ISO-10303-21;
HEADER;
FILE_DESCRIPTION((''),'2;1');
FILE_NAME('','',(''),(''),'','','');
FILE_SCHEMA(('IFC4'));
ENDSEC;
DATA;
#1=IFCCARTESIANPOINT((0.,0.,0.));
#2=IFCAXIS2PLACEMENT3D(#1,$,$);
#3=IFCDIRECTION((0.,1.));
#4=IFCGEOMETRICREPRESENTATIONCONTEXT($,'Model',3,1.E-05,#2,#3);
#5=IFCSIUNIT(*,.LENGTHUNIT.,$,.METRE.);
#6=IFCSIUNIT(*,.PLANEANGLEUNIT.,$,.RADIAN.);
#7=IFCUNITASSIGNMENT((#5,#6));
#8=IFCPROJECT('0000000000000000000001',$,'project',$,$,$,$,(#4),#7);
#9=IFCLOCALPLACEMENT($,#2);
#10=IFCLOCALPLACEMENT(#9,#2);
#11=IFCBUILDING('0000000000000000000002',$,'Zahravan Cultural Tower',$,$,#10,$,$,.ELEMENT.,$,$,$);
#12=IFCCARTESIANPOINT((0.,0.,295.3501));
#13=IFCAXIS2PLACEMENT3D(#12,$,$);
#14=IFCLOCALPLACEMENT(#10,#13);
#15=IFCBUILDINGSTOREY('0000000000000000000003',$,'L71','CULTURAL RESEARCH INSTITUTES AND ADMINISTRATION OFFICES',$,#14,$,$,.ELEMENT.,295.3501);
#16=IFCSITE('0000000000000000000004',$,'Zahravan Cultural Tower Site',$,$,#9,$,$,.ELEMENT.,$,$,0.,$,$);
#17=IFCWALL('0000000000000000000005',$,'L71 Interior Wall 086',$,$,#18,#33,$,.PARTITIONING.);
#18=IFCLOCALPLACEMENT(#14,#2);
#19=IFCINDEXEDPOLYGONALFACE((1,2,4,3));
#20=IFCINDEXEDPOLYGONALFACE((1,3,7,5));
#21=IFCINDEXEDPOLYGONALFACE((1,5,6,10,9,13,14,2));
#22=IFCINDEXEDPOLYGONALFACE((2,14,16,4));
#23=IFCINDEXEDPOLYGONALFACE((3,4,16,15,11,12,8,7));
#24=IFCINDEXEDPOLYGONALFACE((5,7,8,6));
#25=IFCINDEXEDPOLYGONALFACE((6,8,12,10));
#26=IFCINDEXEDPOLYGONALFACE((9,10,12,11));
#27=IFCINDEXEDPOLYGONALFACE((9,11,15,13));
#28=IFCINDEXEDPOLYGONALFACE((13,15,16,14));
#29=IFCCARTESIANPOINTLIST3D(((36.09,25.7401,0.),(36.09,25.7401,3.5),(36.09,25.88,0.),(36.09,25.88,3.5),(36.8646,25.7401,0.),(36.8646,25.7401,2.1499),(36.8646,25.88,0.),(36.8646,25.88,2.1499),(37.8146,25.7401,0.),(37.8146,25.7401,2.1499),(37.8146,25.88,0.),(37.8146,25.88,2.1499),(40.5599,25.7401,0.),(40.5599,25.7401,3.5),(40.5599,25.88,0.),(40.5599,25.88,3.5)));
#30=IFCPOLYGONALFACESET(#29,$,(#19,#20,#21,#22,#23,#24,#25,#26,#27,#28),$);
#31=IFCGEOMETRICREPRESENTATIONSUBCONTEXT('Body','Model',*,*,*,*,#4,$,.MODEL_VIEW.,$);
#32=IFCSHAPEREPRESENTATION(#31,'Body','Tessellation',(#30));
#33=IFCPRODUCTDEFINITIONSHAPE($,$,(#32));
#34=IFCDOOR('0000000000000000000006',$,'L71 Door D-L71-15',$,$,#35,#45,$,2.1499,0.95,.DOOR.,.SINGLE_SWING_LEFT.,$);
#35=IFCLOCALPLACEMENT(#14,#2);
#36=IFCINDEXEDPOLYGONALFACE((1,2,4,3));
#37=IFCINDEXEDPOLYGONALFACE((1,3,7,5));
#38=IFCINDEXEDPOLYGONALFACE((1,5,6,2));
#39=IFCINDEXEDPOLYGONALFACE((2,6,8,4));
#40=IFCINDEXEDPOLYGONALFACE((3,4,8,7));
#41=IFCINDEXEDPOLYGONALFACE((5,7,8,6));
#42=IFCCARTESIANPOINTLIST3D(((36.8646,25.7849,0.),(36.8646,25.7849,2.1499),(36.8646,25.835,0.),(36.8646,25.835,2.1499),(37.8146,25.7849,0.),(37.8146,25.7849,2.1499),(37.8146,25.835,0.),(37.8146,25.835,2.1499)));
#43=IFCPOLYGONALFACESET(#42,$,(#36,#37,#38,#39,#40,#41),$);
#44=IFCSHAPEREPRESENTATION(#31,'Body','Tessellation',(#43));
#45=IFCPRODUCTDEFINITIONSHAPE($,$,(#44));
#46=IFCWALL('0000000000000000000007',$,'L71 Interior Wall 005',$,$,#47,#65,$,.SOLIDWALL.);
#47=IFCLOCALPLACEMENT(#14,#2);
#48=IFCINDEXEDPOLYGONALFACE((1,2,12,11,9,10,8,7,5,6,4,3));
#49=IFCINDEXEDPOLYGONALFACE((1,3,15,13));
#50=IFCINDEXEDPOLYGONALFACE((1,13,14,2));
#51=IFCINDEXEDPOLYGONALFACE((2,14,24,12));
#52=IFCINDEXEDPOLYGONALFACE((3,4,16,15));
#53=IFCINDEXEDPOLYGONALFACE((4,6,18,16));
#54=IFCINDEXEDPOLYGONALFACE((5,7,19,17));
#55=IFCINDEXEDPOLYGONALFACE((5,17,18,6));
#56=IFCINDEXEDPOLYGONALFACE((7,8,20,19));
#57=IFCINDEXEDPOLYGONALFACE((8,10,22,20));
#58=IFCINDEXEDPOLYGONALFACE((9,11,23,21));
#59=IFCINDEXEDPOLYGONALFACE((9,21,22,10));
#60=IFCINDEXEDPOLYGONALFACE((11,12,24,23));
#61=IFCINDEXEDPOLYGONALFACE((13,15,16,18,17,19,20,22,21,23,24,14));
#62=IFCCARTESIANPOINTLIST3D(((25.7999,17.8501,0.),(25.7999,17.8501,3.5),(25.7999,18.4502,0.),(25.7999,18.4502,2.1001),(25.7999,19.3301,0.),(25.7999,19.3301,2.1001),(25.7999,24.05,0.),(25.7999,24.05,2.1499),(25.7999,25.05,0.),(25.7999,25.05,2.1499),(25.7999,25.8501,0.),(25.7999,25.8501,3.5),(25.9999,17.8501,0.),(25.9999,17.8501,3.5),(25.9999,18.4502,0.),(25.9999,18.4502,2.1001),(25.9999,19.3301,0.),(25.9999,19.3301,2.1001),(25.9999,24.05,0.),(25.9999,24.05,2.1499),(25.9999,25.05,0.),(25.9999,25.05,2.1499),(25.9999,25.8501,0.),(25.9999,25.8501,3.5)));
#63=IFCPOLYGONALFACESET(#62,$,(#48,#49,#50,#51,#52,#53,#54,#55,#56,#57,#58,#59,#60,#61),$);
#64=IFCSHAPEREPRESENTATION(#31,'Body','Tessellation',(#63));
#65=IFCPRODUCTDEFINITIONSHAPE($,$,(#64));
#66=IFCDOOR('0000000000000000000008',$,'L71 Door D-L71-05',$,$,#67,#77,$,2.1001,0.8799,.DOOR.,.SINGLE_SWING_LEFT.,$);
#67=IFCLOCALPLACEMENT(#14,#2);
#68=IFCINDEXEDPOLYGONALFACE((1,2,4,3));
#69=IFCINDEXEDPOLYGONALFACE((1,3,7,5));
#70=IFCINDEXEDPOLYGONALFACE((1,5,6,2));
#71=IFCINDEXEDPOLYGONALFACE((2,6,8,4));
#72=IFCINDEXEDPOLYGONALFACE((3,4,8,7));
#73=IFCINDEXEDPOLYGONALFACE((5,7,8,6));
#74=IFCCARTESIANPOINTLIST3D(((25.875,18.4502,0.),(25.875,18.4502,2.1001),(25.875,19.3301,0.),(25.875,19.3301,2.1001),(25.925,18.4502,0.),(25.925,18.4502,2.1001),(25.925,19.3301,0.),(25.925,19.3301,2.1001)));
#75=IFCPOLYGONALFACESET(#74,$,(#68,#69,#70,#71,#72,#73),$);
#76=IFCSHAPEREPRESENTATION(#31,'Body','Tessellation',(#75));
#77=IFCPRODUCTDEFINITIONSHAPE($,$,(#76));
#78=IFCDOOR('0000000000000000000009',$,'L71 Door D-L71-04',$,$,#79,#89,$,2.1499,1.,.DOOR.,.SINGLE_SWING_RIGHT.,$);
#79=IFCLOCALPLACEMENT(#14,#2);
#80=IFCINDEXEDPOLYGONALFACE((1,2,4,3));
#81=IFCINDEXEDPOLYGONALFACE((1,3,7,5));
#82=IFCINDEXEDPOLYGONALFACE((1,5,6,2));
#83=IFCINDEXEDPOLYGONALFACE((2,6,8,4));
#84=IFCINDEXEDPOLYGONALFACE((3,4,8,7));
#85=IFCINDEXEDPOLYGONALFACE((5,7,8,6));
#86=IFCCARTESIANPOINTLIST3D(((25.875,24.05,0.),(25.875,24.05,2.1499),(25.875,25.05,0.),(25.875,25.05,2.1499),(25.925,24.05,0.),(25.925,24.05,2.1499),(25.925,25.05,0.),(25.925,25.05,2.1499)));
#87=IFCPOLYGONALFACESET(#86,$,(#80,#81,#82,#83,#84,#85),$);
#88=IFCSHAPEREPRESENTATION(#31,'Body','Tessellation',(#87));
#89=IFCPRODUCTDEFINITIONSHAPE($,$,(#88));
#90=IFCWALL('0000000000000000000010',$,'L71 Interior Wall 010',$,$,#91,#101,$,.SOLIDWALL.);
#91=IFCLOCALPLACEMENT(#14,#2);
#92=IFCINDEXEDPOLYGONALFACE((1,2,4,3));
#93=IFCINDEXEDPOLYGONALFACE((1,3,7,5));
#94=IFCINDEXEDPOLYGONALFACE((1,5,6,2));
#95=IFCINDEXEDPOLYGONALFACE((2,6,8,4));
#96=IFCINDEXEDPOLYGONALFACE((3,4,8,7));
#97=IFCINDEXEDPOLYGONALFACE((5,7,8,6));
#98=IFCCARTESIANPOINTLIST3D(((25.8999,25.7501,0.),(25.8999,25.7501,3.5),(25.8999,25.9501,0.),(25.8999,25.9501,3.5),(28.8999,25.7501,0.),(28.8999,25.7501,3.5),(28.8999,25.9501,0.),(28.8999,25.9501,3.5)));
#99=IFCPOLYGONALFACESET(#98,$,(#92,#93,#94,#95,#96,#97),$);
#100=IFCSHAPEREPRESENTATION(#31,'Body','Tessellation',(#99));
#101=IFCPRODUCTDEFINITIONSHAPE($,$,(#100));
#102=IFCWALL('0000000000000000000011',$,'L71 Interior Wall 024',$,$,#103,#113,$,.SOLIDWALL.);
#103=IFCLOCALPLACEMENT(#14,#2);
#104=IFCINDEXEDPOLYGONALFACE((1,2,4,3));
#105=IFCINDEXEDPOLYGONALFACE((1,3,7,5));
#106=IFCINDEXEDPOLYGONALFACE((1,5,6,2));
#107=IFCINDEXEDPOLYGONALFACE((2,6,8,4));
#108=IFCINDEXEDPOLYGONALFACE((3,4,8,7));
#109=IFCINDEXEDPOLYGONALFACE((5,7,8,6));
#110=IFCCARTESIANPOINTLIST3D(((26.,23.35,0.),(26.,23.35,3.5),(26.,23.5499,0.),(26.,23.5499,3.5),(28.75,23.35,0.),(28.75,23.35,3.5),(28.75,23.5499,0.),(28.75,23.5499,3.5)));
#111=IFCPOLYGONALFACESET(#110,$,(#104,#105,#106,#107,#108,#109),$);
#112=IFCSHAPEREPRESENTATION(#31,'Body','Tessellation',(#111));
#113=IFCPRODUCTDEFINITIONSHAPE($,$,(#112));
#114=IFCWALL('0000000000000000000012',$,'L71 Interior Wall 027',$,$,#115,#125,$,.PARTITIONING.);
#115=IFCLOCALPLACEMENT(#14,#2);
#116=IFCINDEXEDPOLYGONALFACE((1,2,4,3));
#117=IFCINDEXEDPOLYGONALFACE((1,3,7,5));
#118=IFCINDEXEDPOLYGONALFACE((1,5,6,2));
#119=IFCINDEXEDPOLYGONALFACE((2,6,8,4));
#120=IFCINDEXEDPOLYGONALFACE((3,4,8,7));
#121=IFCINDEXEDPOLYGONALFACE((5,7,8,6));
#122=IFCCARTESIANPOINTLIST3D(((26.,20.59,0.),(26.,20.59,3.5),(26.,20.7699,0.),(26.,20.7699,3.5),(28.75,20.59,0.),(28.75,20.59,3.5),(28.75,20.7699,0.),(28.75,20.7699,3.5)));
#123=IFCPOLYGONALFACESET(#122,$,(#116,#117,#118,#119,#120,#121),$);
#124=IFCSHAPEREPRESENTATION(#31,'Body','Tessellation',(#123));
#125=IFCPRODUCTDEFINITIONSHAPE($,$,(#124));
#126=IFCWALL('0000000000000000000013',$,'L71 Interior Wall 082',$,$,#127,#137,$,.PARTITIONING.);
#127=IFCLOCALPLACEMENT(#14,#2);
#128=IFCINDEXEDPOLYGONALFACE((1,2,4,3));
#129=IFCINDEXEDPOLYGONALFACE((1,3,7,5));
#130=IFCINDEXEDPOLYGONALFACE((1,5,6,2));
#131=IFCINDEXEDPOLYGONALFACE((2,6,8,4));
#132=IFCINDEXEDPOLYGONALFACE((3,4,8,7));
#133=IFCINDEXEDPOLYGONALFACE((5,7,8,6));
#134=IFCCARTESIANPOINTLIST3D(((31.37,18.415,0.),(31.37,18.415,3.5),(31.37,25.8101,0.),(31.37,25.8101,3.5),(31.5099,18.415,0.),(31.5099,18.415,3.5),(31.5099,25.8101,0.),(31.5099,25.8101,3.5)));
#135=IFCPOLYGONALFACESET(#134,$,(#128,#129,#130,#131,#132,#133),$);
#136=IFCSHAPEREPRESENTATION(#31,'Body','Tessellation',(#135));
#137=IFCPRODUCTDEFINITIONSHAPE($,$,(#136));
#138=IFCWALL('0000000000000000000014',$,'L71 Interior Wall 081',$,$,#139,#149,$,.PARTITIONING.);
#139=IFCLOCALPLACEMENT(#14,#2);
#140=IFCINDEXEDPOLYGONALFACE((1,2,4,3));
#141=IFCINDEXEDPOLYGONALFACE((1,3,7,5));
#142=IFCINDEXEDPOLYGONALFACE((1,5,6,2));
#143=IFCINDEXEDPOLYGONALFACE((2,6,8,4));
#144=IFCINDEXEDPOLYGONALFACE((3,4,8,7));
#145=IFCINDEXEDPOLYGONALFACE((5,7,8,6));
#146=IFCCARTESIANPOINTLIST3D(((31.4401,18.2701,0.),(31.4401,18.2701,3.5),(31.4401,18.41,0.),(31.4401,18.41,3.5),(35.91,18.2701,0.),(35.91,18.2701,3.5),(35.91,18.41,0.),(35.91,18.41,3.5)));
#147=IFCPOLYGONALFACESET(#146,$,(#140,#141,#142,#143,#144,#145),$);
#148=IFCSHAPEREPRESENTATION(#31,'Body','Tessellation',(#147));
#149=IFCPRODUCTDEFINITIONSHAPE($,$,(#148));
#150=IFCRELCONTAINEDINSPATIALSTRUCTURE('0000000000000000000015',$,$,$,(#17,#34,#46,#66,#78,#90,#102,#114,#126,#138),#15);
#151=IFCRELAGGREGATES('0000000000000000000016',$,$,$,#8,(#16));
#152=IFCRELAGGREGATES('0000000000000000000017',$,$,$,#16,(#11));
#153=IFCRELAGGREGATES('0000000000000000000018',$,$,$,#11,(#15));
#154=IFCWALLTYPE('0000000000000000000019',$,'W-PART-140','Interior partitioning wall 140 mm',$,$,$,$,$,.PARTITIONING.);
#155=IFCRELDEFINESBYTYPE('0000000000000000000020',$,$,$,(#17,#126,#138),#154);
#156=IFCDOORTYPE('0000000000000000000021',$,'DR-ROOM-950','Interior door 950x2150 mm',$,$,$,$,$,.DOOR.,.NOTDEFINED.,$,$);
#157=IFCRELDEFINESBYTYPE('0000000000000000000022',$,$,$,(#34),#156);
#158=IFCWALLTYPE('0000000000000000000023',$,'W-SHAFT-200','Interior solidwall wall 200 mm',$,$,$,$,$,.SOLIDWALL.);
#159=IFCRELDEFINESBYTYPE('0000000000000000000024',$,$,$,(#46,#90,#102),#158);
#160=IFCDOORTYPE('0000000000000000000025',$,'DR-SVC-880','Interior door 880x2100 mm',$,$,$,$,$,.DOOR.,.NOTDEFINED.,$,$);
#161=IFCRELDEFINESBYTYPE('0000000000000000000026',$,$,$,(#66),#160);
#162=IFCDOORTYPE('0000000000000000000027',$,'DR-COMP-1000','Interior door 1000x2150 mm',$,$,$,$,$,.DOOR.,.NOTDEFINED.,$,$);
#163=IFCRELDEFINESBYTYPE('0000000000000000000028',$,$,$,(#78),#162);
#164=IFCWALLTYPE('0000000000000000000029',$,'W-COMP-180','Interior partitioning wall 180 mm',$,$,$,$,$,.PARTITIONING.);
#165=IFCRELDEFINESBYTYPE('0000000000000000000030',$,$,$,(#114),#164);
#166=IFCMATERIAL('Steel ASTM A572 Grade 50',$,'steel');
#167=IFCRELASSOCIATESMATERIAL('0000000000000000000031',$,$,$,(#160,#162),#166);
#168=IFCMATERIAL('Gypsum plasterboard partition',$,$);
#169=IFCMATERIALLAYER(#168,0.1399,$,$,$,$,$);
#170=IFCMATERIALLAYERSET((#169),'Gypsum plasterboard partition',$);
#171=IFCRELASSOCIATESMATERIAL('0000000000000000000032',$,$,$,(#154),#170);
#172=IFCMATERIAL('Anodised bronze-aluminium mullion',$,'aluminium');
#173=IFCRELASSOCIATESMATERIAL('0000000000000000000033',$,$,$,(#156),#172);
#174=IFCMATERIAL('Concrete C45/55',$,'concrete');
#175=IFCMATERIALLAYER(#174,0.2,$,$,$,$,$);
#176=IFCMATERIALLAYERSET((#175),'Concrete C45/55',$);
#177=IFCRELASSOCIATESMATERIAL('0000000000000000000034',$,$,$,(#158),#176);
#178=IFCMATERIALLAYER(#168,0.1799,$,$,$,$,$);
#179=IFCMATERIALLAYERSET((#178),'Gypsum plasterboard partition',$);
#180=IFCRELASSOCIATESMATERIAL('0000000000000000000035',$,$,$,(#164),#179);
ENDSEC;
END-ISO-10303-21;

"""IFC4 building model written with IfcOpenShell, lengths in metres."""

from ifc_helpers import new_model, si_unit, direction, frame, frame_2d, origin, place, context, subcontext, project, spatial, rectangle, extrude, source, transform, mapped, material, layer, layer_set, type_object, element, fill, save


model = new_model("IFC4")

# Units and contexts
model_context = context("Model", 3, precision=1e-05, world=origin(), true_north=direction((0.0, 1.0)))
body_context = subcontext(model_context, "Body", "Model", "MODEL_VIEW")
ifc_project = project(units=[si_unit("LENGTHUNIT", "METRE"), si_unit("PLANEANGLEUNIT", "RADIAN")], contexts=[model_context])

# Site, building, storey
site_placement = place(None, origin())
site = spatial("IfcSite", under=ifc_project, at=site_placement, Name="Zahravan Cultural Tower Site", CompositionType="ELEMENT", RefElevation=0.0)
building_placement = place(site_placement, origin())
building = spatial("IfcBuilding", under=site, at=building_placement, Name="Zahravan Cultural Tower", CompositionType="ELEMENT")
storey_placement = place(building_placement, frame((0.0, 0.0, 295.3501)))
storey = spatial("IfcBuildingStorey", under=building, at=storey_placement, Name="L71", Description="CULTURAL RESEARCH INSTITUTES AND ADMINISTRATION OFFICES", CompositionType="ELEMENT", Elevation=295.3501)

# Shared definitions
ifc_material_1 = material(Name="Steel ASTM A572 Grade 50", Category="steel")
door_type_1 = type_object("IfcDoorType", Name="DR-SVC-880", Description="Interior door 880x2100 mm", OperationType="NOTDEFINED", PredefinedType="DOOR", material=ifc_material_1)
shared_shape_1 = source(origin(), body_context, "Body", "SweptSolid", [
    extrude(rectangle(XDim=0.8799, YDim=2.1001, at=frame_2d((0.4399, 1.05))), frame((0.0, 0.0249, 0.0), z_axis=(0.0, -1.0, 0.0), x_axis=(1.0, 0.0, 0.0)), (0.0, 0.0, 1.0), 0.05),
])

# Wall, opening, door
ifc_material_2 = material(Name="Gypsum plasterboard partition")
ifc_layer_1 = layer(ifc_material_2, 0.1399)
ifc_layer_set_1 = layer_set([ifc_layer_1], Name="Gypsum plasterboard partition")
wall_type_1 = type_object("IfcWallType", Name="W-PART-140", Description="Interior partitioning wall 140 mm", PredefinedType="PARTITIONING", material=ifc_layer_set_1)
ifc_material_3 = material(Name="Anodised bronze-aluminium mullion", Category="aluminium")
door_type_2 = type_object("IfcDoorType", Name="DR-ROOM-950", Description="Interior door 950x2150 mm", OperationType="NOTDEFINED", PredefinedType="DOOR", material=ifc_material_3)
shared_shape_2 = source(origin(), body_context, "Body", "SweptSolid", [
    extrude(rectangle(XDim=0.95, YDim=2.1499, at=frame_2d((0.4751, 1.075))), frame((0.0, 0.0249, 0.0), z_axis=(0.0, -1.0, 0.0), x_axis=(1.0, 0.0, 0.0)), (0.0, 0.0, 1.0), 0.05),
])
wall_1_placement = place(storey_placement, frame((36.0901, 25.8101, 0.0), z_axis=(0.0, 0.0, 1.0), x_axis=(1.0, 0.0, 0.0)))
wall_1 = element("IfcWall", 1, at=wall_1_placement, inside=storey, type_object=wall_type_1, Name="L71 Interior Wall 086", PredefinedType="PARTITIONING", context=body_context, shape_type="SweptSolid", body=[
    extrude(rectangle(XDim=4.47, YDim=0.1399, at=frame_2d((2.2349, 0.0))), origin(), (0.0, 0.0, 1.0), 3.5),
])
opening_1_placement = place(wall_1_placement, frame((0.7744, 0.0, 0.0)))
opening_1 = element("IfcOpeningElement", 2, at=opening_1_placement, cuts=wall_1, PredefinedType="OPENING", context=body_context, shape_type="SweptSolid", body=[
    extrude(rectangle(XDim=0.95, YDim=2.1499, at=frame_2d((0.4751, 1.075))), frame((0.0, 0.0798, 0.0), z_axis=(0.0, -1.0, 0.0), x_axis=(1.0, 0.0, 0.0)), (0.0, 0.0, 1.0), 0.1599),
])
door_1_placement = place(opening_1_placement, origin())
door_1 = element("IfcDoor", 3, at=door_1_placement, inside=storey, type_object=door_type_2, Name="L71 Door D-L71-15", OperationType="SINGLE_SWING_LEFT", OverallHeight=2.1499, OverallWidth=0.95, PredefinedType="DOOR", context=body_context, shape_type="MappedRepresentation", body=[
    mapped(shared_shape_2, transform((0.0, 0.0, 0.0), x_axis=(1.0, 0.0, 0.0), y_axis=(0.0, 1.0, 0.0), z_axis=(0.0, 0.0, 1.0), scale=1.0)),
])
fill(opening_1, door_1)

# Wall, openings, doors
ifc_material_4 = material(Name="Concrete C45/55", Category="concrete")
ifc_layer_2 = layer(ifc_material_4, 0.2)
ifc_layer_set_2 = layer_set([ifc_layer_2], Name="Concrete C45/55")
wall_type_2 = type_object("IfcWallType", Name="W-SHAFT-200", Description="Interior solidwall wall 200 mm", PredefinedType="SOLIDWALL", material=ifc_layer_set_2)
wall_2_placement = place(storey_placement, frame((25.8999, 17.8501, 0.0), z_axis=(0.0, 0.0, 1.0), x_axis=(0.0, 1.0, 0.0)))
wall_2 = element("IfcWall", 4, at=wall_2_placement, inside=storey, type_object=wall_type_2, Name="L71 Interior Wall 005", PredefinedType="SOLIDWALL", context=body_context, shape_type="SweptSolid", body=[
    extrude(rectangle(XDim=8.0, YDim=0.2, at=frame_2d((4.0, 0.0))), origin(), (0.0, 0.0, 1.0), 3.5),
])
opening_2_placement = place(wall_2_placement, frame((6.2, 0.0, 0.0)))
opening_2 = element("IfcOpeningElement", 5, at=opening_2_placement, cuts=wall_2, PredefinedType="OPENING", context=body_context, shape_type="SweptSolid", body=[
    extrude(rectangle(XDim=1.0, YDim=2.1499, at=frame_2d((0.5, 1.075))), frame((0.0, 0.1099, 0.0), z_axis=(0.0, -1.0, 0.0), x_axis=(1.0, 0.0, 0.0)), (0.0, 0.0, 1.0), 0.22),
])
opening_3_placement = place(wall_2_placement, frame((0.6001, 0.0, 0.0)))
opening_3 = element("IfcOpeningElement", 6, at=opening_3_placement, cuts=wall_2, PredefinedType="OPENING", context=body_context, shape_type="SweptSolid", body=[
    extrude(rectangle(XDim=0.8799, YDim=2.1001, at=frame_2d((0.4399, 1.05))), frame((0.0, 0.1099, 0.0), z_axis=(0.0, -1.0, 0.0), x_axis=(1.0, 0.0, 0.0)), (0.0, 0.0, 1.0), 0.22),
])
door_2_placement = place(opening_3_placement, origin())
door_2 = element("IfcDoor", 7, at=door_2_placement, inside=storey, type_object=door_type_1, Name="L71 Door D-L71-05", OperationType="SINGLE_SWING_LEFT", OverallHeight=2.1001, OverallWidth=0.8799, PredefinedType="DOOR", context=body_context, shape_type="MappedRepresentation", body=[
    mapped(shared_shape_1, transform((0.0, 0.0, 0.0), x_axis=(1.0, 0.0, 0.0), y_axis=(0.0, 1.0, 0.0), z_axis=(0.0, 0.0, 1.0), scale=1.0)),
])
fill(opening_3, door_2)
door_type_3 = type_object("IfcDoorType", Name="DR-COMP-1000", Description="Interior door 1000x2150 mm", OperationType="NOTDEFINED", PredefinedType="DOOR", material=ifc_material_1)
shared_shape_3 = source(origin(), body_context, "Body", "SweptSolid", [
    extrude(rectangle(XDim=1.0, YDim=2.1499, at=frame_2d((0.5, 1.075))), frame((0.0, 0.0249, 0.0), z_axis=(0.0, -1.0, 0.0), x_axis=(1.0, 0.0, 0.0)), (0.0, 0.0, 1.0), 0.05),
])
door_3_placement = place(opening_2_placement, origin())
door_3 = element("IfcDoor", 8, at=door_3_placement, inside=storey, type_object=door_type_3, Name="L71 Door D-L71-04", OperationType="SINGLE_SWING_RIGHT", OverallHeight=2.1499, OverallWidth=1.0, PredefinedType="DOOR", context=body_context, shape_type="MappedRepresentation", body=[
    mapped(shared_shape_3, transform((0.0, 0.0, 0.0), x_axis=(1.0, 0.0, 0.0), y_axis=(0.0, 1.0, 0.0), z_axis=(0.0, 0.0, 1.0), scale=1.0)),
])
fill(opening_2, door_3)

# Walls
shared_shape_4 = source(origin(), body_context, "Body", "SweptSolid", [
    extrude(rectangle(XDim=3.0, YDim=0.2, at=frame_2d((1.5, 0.0))), origin(), (0.0, 0.0, 1.0), 3.5),
])
wall_3_placement = place(storey_placement, frame((25.8999, 25.8501, 0.0), z_axis=(0.0, 0.0, 1.0), x_axis=(1.0, 0.0, 0.0)))
element("IfcWall", 9, at=wall_3_placement, inside=storey, type_object=wall_type_2, Name="L71 Interior Wall 010", PredefinedType="SOLIDWALL", context=body_context, shape_type="MappedRepresentation", body=[
    mapped(shared_shape_4, transform((0.0, 0.0, 0.0), x_axis=(1.0, 0.0, 0.0), y_axis=(0.0, 1.0, 0.0), z_axis=(0.0, 0.0, 1.0), scale=1.0)),
])
shared_shape_5 = source(origin(), body_context, "Body", "SweptSolid", [
    extrude(rectangle(XDim=2.75, YDim=0.2, at=frame_2d((1.375, 0.0))), origin(), (0.0, 0.0, 1.0), 3.5),
])
wall_4_placement = place(storey_placement, frame((26.0, 23.45, 0.0), z_axis=(0.0, 0.0, 1.0), x_axis=(1.0, 0.0, 0.0)))
element("IfcWall", 10, at=wall_4_placement, inside=storey, type_object=wall_type_2, Name="L71 Interior Wall 024", PredefinedType="SOLIDWALL", context=body_context, shape_type="MappedRepresentation", body=[
    mapped(shared_shape_5, transform((0.0, 0.0, 0.0), x_axis=(1.0, 0.0, 0.0), y_axis=(0.0, 1.0, 0.0), z_axis=(0.0, 0.0, 1.0), scale=1.0)),
])
ifc_layer_3 = layer(ifc_material_2, 0.1799)
ifc_layer_set_3 = layer_set([ifc_layer_3], Name="Gypsum plasterboard partition")
wall_type_3 = type_object("IfcWallType", Name="W-COMP-180", Description="Interior partitioning wall 180 mm", PredefinedType="PARTITIONING", material=ifc_layer_set_3)
shared_shape_6 = source(origin(), body_context, "Body", "SweptSolid", [
    extrude(rectangle(XDim=2.75, YDim=0.1799, at=frame_2d((1.375, 0.0))), origin(), (0.0, 0.0, 1.0), 3.5),
])
wall_5_placement = place(storey_placement, frame((26.0, 20.6799, 0.0), z_axis=(0.0, 0.0, 1.0), x_axis=(1.0, 0.0, 0.0)))
element("IfcWall", 11, at=wall_5_placement, inside=storey, type_object=wall_type_3, Name="L71 Interior Wall 027", PredefinedType="PARTITIONING", context=body_context, shape_type="MappedRepresentation", body=[
    mapped(shared_shape_6, transform((0.0, 0.0, 0.0), x_axis=(1.0, 0.0, 0.0), y_axis=(0.0, 1.0, 0.0), z_axis=(0.0, 0.0, 1.0), scale=1.0)),
])
shared_shape_7 = source(origin(), body_context, "Body", "SweptSolid", [
    extrude(rectangle(XDim=7.395, YDim=0.1399, at=frame_2d((3.6975, 0.0))), origin(), (0.0, 0.0, 1.0), 3.5),
])
wall_6_placement = place(storey_placement, frame((31.4399, 18.415, 0.0), z_axis=(0.0, 0.0, 1.0), x_axis=(0.0, 1.0, 0.0)))
element("IfcWall", 12, at=wall_6_placement, inside=storey, type_object=wall_type_1, Name="L71 Interior Wall 082", PredefinedType="PARTITIONING", context=body_context, shape_type="MappedRepresentation", body=[
    mapped(shared_shape_7, transform((0.0, 0.0, 0.0), x_axis=(1.0, 0.0, 0.0), y_axis=(0.0, 1.0, 0.0), z_axis=(0.0, 0.0, 1.0), scale=1.0)),
])
shared_shape_8 = source(origin(), body_context, "Body", "SweptSolid", [
    extrude(rectangle(XDim=4.47, YDim=0.1399, at=frame_2d((2.2349, 0.0))), origin(), (0.0, 0.0, 1.0), 3.5),
])
wall_7_placement = place(storey_placement, frame((35.9099, 18.3401, 0.0), z_axis=(0.0, 0.0, 1.0), x_axis=(-1.0, 0.0, 0.0)))
element("IfcWall", 13, at=wall_7_placement, inside=storey, type_object=wall_type_1, Name="L71 Interior Wall 081", PredefinedType="PARTITIONING", context=body_context, shape_type="MappedRepresentation", body=[
    mapped(shared_shape_8, transform((0.0, 0.0, 0.0), x_axis=(1.0, 0.0, 0.0), y_axis=(0.0, 1.0, 0.0), z_axis=(0.0, 0.0, 1.0), scale=1.0)),
])

save(model, "model.ifc")
